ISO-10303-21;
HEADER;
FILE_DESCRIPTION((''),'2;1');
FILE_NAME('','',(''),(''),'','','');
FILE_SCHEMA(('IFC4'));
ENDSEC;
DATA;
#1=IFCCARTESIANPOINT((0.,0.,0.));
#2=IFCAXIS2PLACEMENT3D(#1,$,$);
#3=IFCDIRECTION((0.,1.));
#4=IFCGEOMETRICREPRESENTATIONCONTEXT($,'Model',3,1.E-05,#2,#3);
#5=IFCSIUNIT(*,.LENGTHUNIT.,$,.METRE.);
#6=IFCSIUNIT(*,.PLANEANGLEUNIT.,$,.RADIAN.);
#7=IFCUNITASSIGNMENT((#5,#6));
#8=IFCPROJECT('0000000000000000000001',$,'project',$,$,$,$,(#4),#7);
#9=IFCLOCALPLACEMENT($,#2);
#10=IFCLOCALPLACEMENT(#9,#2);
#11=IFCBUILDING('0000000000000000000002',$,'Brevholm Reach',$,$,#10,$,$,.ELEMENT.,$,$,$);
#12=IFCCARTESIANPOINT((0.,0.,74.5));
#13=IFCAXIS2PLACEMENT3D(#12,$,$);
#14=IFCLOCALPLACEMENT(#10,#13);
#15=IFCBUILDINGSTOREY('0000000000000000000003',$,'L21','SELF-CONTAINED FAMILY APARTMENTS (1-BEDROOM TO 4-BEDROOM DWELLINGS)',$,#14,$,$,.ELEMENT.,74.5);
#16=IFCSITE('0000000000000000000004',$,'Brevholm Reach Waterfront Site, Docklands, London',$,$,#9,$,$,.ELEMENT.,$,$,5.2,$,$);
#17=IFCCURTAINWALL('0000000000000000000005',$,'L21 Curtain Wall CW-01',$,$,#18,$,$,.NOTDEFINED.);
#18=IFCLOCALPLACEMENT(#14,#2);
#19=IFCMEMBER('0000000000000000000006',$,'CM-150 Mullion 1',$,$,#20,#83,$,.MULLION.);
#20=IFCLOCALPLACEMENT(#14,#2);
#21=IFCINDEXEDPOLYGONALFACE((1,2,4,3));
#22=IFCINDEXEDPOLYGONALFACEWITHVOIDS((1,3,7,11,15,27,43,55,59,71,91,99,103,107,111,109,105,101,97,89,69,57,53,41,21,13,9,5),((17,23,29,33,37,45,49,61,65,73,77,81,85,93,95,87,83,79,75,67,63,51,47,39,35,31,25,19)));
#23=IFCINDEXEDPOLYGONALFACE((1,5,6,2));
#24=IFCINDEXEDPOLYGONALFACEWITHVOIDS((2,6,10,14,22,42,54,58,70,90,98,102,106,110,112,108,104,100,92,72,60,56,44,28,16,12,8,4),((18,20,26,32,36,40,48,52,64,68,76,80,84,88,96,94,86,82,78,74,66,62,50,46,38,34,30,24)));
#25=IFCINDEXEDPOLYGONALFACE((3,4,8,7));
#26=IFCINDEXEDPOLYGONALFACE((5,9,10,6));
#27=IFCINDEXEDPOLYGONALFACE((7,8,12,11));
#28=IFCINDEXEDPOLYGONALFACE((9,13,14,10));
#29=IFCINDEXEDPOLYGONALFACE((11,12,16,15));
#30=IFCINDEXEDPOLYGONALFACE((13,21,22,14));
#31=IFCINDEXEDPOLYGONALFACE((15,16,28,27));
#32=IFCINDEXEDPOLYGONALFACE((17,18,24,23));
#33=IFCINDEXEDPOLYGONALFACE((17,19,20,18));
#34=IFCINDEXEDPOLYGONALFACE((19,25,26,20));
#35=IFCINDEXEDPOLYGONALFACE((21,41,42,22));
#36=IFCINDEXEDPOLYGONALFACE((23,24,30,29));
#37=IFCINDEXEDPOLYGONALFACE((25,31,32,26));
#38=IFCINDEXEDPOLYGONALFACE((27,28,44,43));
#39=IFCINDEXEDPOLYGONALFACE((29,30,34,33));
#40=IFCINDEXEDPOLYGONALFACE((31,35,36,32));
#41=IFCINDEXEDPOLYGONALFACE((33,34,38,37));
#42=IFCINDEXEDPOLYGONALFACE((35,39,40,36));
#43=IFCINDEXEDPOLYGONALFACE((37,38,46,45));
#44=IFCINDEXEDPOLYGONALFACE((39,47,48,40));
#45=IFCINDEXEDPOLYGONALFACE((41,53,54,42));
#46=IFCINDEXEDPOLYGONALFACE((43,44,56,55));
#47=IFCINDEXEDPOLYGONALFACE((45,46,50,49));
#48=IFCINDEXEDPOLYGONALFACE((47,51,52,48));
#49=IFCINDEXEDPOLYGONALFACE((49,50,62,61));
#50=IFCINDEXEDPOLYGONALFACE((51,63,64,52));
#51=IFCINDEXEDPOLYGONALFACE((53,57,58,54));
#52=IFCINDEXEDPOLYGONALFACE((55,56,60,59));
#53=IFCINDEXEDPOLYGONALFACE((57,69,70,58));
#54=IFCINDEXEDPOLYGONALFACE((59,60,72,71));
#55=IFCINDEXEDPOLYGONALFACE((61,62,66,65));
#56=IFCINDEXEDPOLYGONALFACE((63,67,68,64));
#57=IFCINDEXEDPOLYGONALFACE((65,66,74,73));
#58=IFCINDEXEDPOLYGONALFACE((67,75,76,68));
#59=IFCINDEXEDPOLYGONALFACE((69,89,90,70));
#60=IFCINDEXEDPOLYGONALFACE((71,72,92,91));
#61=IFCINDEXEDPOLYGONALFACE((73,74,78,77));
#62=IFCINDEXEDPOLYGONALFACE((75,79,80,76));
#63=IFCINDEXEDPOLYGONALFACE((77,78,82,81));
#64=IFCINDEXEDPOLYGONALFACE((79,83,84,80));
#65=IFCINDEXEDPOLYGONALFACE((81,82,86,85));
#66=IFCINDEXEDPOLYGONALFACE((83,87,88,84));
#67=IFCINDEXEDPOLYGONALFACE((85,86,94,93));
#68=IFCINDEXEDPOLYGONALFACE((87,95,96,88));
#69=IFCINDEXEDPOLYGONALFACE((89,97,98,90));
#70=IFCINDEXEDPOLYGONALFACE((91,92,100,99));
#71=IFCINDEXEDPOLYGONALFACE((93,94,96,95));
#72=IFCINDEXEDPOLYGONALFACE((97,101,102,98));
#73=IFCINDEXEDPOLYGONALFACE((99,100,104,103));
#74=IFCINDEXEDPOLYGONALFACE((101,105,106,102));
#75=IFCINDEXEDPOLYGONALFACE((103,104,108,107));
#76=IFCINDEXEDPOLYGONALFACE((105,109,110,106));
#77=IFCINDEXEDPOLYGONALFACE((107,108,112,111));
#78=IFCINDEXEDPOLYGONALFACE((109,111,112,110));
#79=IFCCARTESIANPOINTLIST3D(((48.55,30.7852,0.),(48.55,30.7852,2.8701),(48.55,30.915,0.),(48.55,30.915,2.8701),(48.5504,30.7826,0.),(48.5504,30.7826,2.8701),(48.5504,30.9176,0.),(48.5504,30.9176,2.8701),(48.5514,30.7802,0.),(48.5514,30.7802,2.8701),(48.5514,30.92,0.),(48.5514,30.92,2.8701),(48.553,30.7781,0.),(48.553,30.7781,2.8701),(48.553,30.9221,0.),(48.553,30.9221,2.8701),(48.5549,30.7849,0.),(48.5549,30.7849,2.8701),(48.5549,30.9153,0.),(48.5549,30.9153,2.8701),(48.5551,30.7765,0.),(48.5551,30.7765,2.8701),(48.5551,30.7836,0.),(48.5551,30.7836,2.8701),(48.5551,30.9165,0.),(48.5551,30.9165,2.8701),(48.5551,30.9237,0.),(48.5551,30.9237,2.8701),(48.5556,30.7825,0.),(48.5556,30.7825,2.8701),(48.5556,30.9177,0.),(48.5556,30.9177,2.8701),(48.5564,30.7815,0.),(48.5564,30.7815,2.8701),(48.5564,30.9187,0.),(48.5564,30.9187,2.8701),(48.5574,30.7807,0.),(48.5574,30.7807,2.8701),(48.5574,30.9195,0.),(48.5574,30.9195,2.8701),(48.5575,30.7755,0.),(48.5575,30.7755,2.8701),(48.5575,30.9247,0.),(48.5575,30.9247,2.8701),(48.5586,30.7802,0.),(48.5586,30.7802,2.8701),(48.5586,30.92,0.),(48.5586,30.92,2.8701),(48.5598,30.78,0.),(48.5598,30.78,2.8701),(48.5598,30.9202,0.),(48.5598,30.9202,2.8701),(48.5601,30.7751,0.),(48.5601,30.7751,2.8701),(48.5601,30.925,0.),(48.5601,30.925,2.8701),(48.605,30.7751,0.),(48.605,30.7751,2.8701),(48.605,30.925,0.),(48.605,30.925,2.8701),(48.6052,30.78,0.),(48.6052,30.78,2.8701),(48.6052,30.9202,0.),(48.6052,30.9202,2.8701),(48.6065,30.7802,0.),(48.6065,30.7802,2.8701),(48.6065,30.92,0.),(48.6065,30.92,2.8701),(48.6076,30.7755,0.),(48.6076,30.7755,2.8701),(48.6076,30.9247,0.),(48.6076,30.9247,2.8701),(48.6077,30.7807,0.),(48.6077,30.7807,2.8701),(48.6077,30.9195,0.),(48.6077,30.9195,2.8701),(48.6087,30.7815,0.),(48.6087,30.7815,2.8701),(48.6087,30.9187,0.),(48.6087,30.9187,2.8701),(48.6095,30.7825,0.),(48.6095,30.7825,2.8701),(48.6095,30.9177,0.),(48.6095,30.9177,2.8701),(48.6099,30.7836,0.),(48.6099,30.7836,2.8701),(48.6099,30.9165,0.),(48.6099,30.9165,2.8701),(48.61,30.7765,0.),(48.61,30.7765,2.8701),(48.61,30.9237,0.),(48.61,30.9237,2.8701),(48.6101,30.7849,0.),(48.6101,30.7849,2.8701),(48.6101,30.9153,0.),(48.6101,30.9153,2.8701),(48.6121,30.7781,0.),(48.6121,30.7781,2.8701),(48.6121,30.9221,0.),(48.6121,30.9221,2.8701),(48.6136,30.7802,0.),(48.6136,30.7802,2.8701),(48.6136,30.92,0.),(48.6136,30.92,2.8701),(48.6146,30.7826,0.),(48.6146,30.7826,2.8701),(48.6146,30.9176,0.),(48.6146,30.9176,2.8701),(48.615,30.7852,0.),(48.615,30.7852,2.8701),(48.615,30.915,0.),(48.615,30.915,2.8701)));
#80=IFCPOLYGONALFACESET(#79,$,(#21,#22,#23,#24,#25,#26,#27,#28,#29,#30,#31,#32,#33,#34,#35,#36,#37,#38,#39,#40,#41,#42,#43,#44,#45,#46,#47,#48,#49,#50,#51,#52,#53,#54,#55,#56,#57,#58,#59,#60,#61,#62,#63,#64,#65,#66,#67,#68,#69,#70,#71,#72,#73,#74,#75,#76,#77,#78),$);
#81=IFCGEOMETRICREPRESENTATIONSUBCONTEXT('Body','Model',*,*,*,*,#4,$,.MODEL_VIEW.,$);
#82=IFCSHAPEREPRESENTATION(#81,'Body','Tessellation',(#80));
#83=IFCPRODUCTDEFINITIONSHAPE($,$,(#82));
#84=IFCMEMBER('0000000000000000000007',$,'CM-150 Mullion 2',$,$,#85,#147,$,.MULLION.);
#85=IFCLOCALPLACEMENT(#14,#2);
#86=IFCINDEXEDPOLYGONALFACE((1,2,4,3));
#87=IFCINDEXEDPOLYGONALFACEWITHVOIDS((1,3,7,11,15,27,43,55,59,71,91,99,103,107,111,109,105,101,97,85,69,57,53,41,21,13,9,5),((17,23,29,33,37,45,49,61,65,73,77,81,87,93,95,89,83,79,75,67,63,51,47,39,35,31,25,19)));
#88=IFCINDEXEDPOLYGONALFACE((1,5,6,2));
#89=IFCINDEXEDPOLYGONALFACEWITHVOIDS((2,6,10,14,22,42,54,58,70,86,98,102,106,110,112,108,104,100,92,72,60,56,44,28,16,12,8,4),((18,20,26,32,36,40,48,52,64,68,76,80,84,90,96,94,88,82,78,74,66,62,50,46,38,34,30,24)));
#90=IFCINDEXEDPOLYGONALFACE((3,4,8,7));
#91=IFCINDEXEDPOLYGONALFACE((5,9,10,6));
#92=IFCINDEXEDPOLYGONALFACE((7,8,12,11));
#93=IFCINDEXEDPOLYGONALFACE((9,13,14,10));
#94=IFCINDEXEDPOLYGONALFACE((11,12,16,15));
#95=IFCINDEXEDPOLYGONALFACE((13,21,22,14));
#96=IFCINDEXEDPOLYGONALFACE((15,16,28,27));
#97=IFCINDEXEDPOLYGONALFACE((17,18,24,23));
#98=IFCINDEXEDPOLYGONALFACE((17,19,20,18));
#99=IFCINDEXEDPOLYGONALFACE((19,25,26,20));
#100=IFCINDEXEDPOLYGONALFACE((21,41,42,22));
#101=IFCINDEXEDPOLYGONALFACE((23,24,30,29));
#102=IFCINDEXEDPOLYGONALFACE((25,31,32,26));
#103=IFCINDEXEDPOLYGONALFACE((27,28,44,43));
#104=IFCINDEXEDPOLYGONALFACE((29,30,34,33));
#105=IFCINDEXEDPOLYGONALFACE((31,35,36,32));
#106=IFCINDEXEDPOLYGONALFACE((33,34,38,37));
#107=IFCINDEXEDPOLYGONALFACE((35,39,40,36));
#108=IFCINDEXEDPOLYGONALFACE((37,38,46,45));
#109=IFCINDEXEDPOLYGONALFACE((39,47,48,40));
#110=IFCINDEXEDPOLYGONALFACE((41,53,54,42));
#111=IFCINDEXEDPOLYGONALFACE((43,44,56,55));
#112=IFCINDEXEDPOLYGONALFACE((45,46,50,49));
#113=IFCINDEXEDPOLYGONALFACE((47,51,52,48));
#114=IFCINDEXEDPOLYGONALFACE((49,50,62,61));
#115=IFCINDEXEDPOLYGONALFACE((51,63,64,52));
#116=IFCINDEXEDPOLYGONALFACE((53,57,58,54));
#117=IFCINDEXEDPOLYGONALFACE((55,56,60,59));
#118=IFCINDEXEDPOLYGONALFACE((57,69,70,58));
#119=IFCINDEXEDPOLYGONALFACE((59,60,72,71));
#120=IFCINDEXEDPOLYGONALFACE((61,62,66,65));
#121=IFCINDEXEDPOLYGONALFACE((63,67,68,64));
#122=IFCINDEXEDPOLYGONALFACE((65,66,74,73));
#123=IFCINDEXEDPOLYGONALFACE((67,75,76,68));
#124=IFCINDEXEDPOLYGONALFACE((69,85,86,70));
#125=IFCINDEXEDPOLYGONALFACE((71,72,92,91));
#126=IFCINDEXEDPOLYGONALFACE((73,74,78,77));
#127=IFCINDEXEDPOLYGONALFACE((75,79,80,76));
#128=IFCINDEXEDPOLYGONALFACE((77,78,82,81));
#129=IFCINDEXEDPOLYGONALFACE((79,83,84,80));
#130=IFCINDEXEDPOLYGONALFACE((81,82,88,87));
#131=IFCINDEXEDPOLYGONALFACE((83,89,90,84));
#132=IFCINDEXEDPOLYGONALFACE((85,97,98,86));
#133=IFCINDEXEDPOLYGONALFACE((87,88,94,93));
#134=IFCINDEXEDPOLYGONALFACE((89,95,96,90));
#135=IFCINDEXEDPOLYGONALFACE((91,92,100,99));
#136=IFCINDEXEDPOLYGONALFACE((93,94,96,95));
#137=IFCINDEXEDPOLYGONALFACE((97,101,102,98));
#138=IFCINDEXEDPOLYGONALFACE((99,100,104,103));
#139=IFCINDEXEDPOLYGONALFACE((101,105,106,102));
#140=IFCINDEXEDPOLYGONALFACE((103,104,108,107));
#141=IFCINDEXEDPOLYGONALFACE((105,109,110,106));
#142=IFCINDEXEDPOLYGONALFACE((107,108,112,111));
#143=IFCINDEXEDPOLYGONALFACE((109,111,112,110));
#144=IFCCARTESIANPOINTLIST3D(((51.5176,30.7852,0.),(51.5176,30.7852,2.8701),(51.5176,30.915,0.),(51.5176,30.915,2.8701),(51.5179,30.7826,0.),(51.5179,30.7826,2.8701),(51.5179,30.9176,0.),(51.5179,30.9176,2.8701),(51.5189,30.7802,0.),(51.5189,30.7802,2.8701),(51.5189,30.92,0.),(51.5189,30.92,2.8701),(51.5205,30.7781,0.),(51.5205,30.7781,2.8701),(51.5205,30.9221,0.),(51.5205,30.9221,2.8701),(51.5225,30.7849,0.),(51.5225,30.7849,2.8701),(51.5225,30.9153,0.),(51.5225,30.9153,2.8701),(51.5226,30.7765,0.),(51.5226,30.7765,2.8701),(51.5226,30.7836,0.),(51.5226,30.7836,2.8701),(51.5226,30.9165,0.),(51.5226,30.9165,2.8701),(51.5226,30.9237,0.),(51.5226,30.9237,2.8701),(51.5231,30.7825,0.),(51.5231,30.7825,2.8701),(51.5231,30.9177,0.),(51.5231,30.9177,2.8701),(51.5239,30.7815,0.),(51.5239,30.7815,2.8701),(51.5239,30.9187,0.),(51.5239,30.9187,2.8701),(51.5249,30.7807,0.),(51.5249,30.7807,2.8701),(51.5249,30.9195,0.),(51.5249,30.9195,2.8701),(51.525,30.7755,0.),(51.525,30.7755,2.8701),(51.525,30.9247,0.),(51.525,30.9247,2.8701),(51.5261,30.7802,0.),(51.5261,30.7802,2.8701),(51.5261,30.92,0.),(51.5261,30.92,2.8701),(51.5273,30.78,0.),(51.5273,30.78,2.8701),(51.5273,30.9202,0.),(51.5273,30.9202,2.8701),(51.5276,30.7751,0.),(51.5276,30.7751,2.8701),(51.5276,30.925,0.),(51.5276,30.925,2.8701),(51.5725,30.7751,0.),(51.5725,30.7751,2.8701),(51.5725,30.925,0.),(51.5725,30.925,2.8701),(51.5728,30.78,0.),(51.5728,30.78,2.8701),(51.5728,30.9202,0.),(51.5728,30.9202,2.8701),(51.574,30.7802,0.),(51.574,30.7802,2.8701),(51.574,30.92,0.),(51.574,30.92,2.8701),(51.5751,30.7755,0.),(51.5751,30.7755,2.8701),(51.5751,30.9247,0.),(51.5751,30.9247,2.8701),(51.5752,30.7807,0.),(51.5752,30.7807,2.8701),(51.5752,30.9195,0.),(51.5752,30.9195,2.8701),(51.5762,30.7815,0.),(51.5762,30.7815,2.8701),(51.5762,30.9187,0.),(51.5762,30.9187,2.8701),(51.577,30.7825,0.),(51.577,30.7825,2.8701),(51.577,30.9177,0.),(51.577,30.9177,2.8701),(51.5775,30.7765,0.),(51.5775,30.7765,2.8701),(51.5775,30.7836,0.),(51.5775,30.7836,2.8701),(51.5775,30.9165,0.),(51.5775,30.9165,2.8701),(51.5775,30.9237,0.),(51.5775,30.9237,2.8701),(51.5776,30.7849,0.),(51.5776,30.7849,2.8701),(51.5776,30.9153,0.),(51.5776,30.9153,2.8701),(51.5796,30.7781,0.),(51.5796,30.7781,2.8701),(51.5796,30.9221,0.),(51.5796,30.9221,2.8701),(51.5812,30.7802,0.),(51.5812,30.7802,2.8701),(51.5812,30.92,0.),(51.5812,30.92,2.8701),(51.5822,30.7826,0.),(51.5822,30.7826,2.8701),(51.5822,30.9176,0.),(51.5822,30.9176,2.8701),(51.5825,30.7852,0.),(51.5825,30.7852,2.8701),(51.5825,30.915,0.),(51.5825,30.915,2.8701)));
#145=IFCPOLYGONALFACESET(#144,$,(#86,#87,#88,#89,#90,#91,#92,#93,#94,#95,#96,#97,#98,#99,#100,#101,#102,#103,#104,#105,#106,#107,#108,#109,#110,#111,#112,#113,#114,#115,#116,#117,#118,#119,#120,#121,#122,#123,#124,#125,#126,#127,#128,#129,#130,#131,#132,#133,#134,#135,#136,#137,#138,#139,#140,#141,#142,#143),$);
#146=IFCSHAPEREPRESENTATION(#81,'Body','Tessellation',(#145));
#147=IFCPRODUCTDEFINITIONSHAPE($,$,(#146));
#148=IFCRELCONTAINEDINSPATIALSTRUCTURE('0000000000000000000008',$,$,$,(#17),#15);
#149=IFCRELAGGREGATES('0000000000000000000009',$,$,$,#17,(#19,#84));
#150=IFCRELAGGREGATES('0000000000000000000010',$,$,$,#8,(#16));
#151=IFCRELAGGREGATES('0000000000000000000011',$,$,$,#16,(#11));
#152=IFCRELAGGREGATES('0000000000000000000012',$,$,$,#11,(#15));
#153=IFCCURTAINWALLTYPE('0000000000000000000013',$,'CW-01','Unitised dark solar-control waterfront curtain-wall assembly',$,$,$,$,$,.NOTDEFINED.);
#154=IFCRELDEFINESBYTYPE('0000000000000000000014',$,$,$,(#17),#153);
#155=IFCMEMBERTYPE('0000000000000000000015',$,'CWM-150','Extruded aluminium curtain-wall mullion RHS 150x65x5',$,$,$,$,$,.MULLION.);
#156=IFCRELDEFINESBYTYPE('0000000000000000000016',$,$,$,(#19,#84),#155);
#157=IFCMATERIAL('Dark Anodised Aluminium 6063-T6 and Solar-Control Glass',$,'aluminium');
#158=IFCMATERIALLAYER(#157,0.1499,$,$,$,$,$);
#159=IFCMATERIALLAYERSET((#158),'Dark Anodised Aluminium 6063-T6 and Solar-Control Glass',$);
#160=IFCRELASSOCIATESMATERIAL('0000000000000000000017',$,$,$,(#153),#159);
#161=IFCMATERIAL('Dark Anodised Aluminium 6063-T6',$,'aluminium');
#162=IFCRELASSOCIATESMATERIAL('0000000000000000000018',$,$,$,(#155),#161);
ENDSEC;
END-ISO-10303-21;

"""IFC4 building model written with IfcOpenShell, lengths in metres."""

from ifc_helpers import new_model, si_unit, direction, frame, origin, origin_2d, place, context, subcontext, project, spatial, hollow_rectangle, extrude, material, layer, layer_set, material_profile, profile_set, type_object, element, aggregate, save


model = new_model("IFC4")

# Units and contexts
model_context = context("Model", 3, precision=1e-05, world=origin(), true_north=direction((0.0, 1.0)))
body_context = subcontext(model_context, "Body", "Model", "MODEL_VIEW")
ifc_project = project(units=[si_unit("LENGTHUNIT", "METRE"), si_unit("PLANEANGLEUNIT", "RADIAN")], contexts=[model_context])

# Site, building, storey
site_placement = place(None, origin())
site = spatial("IfcSite", under=ifc_project, at=site_placement, Name="Brevholm Reach Waterfront Site, Docklands, London", CompositionType="ELEMENT", RefElevation=5.2)
building_placement = place(site_placement, origin())
building = spatial("IfcBuilding", under=site, at=building_placement, Name="Brevholm Reach", CompositionType="ELEMENT")
storey_placement = place(building_placement, frame((0.0, 0.0, 74.5)))
storey = spatial("IfcBuildingStorey", under=building, at=storey_placement, Name="L21", Description="SELF-CONTAINED FAMILY APARTMENTS (1-BEDROOM TO 4-BEDROOM DWELLINGS)", CompositionType="ELEMENT", Elevation=74.5)

# Curtain wall, members
ifc_material_1 = material(Name="Dark Anodised Aluminium 6063-T6 and Solar-Control Glass", Category="aluminium")
ifc_layer_1 = layer(ifc_material_1, 0.1499)
ifc_layer_set_1 = layer_set([ifc_layer_1], Name="Dark Anodised Aluminium 6063-T6 and Solar-Control Glass")
curtain_wall_type = type_object("IfcCurtainWallType", Name="CW-01", Description="Unitised dark solar-control waterfront curtain-wall assembly", PredefinedType="NOTDEFINED", material=ifc_layer_set_1)
curtain_wall_placement = place(storey_placement, origin())
curtain_wall = element("IfcCurtainWall", 1, at=curtain_wall_placement, inside=storey, type_object=curtain_wall_type, Name="L21 Curtain Wall CW-01", PredefinedType="NOTDEFINED")
ifc_material_2 = material(Name="Dark Anodised Aluminium 6063-T6", Category="aluminium")
ifc_material_profile_1 = material_profile(ifc_material_2, hollow_rectangle(XDim=0.0649, YDim=0.1499, WallThickness=0.0049, InnerFilletRadius=0.0049, OuterFilletRadius=0.01, at=origin_2d()), Name="RHS 150x65x5")
ifc_profile_set_1 = profile_set([ifc_material_profile_1], Name="Dark Anodised Aluminium 6063-T6")
member_type_1 = type_object("IfcMemberType", Name="CWM-150", Description="Extruded aluminium curtain-wall mullion RHS 150x65x5", PredefinedType="MULLION", material=ifc_profile_set_1)
member_1_placement = place(storey_placement, frame((48.5825, 30.8501, 0.0), z_axis=(0.0, 0.0, 1.0), x_axis=(1.0, 0.0, 0.0)))
member_1 = element("IfcMember", 2, at=member_1_placement, type_object=member_type_1, Name="CM-150 Mullion 1", PredefinedType="MULLION", context=body_context, shape_type="SweptSolid", body=[
    extrude(hollow_rectangle(XDim=0.0649, YDim=0.1499, WallThickness=0.0049, InnerFilletRadius=0.0049, OuterFilletRadius=0.01, at=origin_2d()), origin(), (0.0, 0.0, 1.0), 2.8701),
])
member_2_placement = place(storey_placement, frame((51.55, 30.8501, 0.0), z_axis=(0.0, 0.0, 1.0), x_axis=(1.0, 0.0, 0.0)))
member_2 = element("IfcMember", 3, at=member_2_placement, type_object=member_type_1, Name="CM-150 Mullion 2", PredefinedType="MULLION", context=body_context, shape_type="SweptSolid", body=[
    extrude(hollow_rectangle(XDim=0.0649, YDim=0.1499, WallThickness=0.0049, InnerFilletRadius=0.0049, OuterFilletRadius=0.01, at=origin_2d()), origin(), (0.0, 0.0, 1.0), 2.8701),
])
aggregate(curtain_wall, [member_1, member_2])

save(model, "model.ifc")
